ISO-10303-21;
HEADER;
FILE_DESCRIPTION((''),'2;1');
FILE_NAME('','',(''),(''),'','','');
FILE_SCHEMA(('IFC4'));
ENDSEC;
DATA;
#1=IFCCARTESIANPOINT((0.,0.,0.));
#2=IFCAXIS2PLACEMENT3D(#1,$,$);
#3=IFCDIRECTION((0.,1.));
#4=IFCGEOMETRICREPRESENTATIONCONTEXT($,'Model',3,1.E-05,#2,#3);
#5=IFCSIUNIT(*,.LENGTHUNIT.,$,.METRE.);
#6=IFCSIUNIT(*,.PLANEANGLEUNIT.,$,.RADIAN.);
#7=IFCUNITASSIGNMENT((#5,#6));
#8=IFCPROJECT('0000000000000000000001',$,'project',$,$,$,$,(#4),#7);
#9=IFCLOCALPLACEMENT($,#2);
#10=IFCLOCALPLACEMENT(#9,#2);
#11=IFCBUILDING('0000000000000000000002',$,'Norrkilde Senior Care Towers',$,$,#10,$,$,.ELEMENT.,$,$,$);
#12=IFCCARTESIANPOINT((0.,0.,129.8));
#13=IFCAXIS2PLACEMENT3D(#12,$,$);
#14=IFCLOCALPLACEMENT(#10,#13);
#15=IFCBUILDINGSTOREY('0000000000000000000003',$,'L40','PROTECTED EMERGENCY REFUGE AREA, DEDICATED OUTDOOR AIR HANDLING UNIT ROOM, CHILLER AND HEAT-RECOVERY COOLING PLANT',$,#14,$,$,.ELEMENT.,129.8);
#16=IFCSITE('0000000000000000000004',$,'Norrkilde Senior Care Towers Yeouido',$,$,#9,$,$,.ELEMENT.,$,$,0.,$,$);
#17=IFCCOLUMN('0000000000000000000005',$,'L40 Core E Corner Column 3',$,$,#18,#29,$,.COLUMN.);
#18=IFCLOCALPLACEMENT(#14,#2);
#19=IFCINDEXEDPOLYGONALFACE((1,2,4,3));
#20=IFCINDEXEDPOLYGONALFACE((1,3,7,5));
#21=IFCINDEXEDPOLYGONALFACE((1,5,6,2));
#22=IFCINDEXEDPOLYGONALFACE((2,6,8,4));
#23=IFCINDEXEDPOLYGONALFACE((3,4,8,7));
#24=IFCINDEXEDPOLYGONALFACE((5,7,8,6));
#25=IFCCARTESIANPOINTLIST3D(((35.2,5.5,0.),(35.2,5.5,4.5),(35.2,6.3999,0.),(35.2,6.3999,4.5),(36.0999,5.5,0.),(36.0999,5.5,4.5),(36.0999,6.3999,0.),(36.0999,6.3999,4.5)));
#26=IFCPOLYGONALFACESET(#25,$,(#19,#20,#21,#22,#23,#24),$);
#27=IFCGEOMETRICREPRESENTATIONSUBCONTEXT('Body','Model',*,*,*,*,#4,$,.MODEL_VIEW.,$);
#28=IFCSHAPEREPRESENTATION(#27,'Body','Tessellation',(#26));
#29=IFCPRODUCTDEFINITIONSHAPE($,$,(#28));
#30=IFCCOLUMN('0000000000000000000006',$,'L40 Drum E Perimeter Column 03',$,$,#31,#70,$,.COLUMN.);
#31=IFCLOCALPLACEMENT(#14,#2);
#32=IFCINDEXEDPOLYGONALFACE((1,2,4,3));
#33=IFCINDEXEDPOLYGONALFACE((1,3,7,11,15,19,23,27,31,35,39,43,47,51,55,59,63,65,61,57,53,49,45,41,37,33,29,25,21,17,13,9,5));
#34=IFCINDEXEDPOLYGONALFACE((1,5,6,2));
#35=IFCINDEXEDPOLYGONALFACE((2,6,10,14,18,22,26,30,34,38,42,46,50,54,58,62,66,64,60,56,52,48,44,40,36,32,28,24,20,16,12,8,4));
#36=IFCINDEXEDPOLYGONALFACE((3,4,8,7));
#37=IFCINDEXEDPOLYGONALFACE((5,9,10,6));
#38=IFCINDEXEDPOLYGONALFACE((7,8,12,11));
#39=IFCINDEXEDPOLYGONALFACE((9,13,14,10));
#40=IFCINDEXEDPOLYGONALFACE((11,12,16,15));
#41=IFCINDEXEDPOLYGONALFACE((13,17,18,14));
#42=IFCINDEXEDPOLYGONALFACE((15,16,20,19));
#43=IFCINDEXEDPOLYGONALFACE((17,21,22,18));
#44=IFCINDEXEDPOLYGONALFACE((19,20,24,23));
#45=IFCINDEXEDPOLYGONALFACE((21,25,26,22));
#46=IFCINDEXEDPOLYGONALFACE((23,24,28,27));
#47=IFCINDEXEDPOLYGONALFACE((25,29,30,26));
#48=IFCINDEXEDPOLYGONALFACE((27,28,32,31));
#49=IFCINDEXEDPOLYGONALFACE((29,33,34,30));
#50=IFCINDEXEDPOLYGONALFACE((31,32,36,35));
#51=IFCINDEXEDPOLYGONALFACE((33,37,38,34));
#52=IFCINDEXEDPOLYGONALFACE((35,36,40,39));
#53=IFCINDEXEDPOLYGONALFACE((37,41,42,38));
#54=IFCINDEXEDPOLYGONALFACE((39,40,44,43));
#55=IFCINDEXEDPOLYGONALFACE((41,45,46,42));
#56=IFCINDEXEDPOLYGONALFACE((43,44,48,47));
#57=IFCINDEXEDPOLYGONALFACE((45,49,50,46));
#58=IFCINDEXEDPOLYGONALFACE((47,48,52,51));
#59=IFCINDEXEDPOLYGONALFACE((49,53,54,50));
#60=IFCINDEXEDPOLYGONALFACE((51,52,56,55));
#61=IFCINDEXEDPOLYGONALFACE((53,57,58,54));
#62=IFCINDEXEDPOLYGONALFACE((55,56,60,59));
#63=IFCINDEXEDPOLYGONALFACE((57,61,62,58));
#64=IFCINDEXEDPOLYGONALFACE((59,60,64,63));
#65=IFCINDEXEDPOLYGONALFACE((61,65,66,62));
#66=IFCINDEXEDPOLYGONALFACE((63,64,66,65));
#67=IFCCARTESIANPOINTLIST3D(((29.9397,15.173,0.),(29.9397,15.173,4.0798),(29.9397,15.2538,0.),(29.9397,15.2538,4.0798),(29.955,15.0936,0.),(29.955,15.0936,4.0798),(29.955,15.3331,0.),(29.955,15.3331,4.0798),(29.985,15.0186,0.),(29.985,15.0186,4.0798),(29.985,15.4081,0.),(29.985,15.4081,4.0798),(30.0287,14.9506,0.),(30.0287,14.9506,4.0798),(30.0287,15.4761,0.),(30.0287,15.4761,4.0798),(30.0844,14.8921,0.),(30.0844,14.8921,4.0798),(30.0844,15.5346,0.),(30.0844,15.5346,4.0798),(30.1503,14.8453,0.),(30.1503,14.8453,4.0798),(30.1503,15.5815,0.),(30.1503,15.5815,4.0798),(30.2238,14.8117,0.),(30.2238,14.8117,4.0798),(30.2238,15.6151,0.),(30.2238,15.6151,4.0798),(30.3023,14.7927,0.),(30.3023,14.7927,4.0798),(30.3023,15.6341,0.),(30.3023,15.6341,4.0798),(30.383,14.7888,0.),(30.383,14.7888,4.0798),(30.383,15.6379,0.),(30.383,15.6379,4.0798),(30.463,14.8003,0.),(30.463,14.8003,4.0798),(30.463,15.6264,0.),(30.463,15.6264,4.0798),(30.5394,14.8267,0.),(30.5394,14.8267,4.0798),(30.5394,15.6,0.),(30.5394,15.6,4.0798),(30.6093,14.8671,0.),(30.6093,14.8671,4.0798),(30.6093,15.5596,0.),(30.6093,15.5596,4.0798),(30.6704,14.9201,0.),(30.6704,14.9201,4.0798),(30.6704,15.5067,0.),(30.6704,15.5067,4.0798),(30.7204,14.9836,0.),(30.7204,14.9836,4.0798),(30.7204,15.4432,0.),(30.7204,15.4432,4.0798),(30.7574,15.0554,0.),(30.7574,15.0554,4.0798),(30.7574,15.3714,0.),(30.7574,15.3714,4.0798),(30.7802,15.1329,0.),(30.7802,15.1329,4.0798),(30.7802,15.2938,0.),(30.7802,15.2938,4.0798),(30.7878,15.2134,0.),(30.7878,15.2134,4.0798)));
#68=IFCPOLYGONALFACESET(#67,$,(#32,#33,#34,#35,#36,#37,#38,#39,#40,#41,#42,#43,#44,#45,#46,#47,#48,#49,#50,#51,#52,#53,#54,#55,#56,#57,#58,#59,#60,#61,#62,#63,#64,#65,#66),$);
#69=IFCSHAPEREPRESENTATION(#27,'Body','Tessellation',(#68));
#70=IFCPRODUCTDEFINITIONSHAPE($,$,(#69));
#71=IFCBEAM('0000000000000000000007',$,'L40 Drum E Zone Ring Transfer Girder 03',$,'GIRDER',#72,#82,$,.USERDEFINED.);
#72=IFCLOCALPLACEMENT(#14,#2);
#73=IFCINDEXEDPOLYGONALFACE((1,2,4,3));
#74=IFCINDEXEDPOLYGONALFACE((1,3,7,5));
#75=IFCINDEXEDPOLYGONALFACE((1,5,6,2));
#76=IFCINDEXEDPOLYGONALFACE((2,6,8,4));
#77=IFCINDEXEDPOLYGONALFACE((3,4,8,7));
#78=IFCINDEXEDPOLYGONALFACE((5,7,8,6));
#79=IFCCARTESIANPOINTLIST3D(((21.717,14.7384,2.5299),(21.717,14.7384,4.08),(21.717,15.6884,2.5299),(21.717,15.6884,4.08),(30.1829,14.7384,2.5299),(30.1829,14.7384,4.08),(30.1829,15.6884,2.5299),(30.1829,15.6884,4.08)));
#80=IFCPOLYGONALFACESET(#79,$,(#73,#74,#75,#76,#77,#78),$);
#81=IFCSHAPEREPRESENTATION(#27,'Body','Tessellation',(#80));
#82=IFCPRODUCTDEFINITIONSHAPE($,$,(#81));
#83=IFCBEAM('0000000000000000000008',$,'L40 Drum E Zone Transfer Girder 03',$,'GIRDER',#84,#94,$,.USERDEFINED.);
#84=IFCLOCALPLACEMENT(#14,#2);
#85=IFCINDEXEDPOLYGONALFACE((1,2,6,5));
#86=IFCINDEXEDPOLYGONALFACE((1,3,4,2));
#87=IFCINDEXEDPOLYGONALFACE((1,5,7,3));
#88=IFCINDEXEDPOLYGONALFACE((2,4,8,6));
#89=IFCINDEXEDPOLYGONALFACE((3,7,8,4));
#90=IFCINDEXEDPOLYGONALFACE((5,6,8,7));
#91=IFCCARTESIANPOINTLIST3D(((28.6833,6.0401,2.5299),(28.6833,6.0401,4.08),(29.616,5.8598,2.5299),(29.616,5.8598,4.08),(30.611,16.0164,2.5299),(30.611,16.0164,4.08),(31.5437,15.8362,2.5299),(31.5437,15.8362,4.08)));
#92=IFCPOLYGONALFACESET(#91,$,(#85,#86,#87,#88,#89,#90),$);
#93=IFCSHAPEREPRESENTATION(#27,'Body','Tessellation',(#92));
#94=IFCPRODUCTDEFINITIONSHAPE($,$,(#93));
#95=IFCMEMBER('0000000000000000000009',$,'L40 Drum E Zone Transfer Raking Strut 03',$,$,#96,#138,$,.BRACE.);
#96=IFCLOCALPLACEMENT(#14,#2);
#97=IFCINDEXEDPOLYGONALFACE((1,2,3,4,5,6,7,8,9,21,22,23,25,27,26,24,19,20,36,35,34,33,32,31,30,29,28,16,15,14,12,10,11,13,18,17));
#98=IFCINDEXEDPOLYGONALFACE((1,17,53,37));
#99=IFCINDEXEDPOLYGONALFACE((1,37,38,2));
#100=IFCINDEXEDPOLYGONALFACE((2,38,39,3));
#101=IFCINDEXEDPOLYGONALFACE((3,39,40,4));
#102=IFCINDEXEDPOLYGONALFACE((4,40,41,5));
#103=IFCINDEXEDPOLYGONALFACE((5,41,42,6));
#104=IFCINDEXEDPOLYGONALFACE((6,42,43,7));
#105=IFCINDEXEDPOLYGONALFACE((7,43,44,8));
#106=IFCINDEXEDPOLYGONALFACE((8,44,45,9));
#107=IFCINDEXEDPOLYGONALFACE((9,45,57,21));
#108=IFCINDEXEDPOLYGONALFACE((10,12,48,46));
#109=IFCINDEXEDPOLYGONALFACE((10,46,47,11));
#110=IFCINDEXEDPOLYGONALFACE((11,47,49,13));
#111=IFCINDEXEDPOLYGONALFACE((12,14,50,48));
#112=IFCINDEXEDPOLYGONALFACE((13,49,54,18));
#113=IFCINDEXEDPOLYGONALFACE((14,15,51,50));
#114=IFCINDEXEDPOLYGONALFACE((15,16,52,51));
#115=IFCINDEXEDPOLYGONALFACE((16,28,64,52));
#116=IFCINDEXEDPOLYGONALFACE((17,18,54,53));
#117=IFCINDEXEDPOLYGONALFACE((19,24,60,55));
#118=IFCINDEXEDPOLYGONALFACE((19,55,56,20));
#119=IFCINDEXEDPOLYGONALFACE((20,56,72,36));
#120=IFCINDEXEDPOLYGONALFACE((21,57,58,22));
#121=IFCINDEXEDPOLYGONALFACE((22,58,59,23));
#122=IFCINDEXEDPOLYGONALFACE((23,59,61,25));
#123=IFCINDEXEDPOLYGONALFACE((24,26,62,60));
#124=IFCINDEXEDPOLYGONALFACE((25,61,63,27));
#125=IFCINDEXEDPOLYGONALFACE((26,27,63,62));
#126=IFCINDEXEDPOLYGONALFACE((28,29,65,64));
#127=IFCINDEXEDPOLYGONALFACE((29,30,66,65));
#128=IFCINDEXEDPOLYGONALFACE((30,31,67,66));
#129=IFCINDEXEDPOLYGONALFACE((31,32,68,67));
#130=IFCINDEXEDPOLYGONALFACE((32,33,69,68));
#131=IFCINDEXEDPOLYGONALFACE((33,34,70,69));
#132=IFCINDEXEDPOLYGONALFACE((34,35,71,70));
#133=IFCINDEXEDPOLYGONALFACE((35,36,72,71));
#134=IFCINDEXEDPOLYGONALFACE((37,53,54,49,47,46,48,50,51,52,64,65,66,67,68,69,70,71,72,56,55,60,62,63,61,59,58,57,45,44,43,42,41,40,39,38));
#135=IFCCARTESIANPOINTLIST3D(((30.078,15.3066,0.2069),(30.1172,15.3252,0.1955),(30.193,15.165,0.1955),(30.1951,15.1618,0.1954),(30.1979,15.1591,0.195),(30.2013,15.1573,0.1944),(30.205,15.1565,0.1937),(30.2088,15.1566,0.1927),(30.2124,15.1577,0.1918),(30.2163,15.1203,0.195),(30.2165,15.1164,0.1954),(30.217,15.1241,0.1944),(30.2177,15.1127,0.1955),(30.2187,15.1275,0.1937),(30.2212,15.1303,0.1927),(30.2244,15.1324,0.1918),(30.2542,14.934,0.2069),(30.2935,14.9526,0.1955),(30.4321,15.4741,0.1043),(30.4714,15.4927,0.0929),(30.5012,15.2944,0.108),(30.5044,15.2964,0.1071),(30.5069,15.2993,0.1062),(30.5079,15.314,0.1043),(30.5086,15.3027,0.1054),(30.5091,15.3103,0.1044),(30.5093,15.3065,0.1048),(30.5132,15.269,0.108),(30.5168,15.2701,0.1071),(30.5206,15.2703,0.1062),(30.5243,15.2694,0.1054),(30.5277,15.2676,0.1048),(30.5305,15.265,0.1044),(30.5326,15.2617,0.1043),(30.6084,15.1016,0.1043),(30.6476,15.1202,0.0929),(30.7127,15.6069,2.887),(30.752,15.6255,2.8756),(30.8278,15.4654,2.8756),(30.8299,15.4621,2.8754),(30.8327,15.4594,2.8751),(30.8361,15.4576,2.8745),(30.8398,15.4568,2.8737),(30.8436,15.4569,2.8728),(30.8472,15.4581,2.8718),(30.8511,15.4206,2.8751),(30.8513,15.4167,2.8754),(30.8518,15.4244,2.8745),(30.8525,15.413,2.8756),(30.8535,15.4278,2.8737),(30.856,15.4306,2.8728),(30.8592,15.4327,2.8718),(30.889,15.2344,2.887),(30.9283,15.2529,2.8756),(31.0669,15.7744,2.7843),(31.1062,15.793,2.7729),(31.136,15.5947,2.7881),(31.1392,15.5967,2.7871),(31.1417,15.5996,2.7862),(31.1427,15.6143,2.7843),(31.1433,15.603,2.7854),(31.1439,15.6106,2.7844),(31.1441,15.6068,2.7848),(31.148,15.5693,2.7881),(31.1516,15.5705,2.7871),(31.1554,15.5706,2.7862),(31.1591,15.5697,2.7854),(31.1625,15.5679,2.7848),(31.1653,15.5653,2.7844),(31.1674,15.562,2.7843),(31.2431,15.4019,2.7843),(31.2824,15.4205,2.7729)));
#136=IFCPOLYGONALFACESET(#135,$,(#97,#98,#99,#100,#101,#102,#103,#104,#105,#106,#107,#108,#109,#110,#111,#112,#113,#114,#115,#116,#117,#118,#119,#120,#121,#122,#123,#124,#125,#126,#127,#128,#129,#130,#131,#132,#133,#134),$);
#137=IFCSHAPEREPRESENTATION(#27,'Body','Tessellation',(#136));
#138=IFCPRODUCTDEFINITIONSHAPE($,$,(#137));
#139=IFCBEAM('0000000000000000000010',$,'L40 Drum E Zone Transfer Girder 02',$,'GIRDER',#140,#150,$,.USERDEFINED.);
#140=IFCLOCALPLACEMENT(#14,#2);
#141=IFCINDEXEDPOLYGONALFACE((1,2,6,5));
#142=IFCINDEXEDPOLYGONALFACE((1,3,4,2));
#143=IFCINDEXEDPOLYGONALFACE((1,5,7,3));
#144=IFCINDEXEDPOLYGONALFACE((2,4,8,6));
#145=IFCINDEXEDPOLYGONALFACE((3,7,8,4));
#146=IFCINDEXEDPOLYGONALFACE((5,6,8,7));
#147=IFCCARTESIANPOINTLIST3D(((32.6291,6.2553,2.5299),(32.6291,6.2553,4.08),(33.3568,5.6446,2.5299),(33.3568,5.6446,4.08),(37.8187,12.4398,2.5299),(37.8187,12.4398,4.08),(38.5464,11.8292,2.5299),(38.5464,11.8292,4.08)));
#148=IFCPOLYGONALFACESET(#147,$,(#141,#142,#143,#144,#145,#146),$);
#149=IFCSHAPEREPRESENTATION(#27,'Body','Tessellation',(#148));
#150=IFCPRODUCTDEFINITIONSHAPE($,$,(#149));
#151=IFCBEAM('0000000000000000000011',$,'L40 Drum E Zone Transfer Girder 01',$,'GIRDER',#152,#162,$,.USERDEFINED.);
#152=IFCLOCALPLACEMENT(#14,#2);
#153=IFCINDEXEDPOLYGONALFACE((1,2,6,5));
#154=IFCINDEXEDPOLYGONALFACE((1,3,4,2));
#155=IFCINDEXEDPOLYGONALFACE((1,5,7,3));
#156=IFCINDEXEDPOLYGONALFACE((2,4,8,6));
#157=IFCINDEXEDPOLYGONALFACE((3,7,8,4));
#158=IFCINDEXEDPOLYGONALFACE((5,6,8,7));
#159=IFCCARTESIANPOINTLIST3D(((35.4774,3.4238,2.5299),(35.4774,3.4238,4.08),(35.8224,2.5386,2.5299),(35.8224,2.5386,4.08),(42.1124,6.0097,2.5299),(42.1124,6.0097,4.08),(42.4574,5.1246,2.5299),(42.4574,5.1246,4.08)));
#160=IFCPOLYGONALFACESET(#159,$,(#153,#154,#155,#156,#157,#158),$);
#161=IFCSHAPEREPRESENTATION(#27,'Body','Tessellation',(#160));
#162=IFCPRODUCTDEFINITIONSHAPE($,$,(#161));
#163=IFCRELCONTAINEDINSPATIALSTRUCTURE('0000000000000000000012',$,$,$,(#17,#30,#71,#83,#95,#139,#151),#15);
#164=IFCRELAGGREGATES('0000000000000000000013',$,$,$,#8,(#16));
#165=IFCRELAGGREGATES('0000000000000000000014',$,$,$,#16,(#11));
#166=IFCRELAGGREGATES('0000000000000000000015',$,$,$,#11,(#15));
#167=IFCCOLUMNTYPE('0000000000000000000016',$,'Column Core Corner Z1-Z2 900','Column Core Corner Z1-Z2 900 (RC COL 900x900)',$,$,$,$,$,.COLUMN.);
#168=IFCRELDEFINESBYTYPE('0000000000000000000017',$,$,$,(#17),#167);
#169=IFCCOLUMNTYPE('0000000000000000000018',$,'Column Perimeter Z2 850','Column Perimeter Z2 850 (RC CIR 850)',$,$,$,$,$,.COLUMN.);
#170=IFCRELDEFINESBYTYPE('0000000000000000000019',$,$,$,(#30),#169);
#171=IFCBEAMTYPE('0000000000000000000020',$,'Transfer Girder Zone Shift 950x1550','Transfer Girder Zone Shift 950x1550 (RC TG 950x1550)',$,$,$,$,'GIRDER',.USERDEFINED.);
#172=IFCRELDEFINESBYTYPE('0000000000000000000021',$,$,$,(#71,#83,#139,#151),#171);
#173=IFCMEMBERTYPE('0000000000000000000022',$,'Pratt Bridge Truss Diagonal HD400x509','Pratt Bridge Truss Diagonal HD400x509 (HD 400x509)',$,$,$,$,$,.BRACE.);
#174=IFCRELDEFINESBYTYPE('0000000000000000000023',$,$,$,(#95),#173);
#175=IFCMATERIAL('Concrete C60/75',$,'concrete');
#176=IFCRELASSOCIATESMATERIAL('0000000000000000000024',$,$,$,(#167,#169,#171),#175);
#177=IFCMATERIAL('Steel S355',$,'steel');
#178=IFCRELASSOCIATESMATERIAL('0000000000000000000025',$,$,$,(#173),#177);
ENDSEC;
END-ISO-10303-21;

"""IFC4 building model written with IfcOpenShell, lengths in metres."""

from ifc_helpers import new_model, si_unit, direction, frame, origin, origin_2d, place, context, subcontext, project, spatial, rectangle, circle, i_section, extrude, source, transform, mapped, material, material_profile, profile_set, type_object, type_shapes, element, save


model = new_model("IFC4")

# Units and contexts
model_context = context("Model", 3, precision=1e-05, world=origin(), true_north=direction((0.0, 1.0)))
body_context = subcontext(model_context, "Body", "Model", "MODEL_VIEW")
ifc_project = project(units=[si_unit("LENGTHUNIT", "METRE"), si_unit("PLANEANGLEUNIT", "RADIAN")], contexts=[model_context])

# Site, building, storey
site_placement = place(None, origin())
site = spatial("IfcSite", under=ifc_project, at=site_placement, Name="Norrkilde Senior Care Towers Yeouido", CompositionType="ELEMENT", RefElevation=0.0)
building_placement = place(site_placement, origin())
building = spatial("IfcBuilding", under=site, at=building_placement, Name="Norrkilde Senior Care Towers", CompositionType="ELEMENT")
storey_placement = place(building_placement, frame((0.0, 0.0, 129.8)))
storey = spatial("IfcBuildingStorey", under=building, at=storey_placement, Name="L40", Description="PROTECTED EMERGENCY REFUGE AREA, DEDICATED OUTDOOR AIR HANDLING UNIT ROOM, CHILLER AND HEAT-RECOVERY COOLING PLANT", CompositionType="ELEMENT", Elevation=129.8)

# Columns
ifc_material_1 = material(Name="Concrete C60/75", Category="concrete")
ifc_material_profile_1 = material_profile(ifc_material_1, rectangle(XDim=0.8999, YDim=0.8999, at=origin_2d()), Name="RC COL 900x900")
ifc_profile_set_1 = profile_set([ifc_material_profile_1], Name="Concrete C60/75")
column_type_1 = type_object("IfcColumnType", Name="Column Core Corner Z1-Z2 900", Description="Column Core Corner Z1-Z2 900 (RC COL 900x900)", PredefinedType="COLUMN", material=ifc_profile_set_1)
shared_shape_1 = source(origin(), body_context, "Body", "SweptSolid", [
    extrude(rectangle(XDim=0.8999, YDim=0.8999, at=origin_2d()), origin(), (0.0, 0.0, 1.0), 4.5),
])
type_shapes(column_type_1, [shared_shape_1])
column_1_placement = place(storey_placement, frame((35.6499, 5.95, 0.0), z_axis=(0.0, 0.0, 1.0), x_axis=(1.0, 0.0, 0.0)))
element("IfcColumn", 1, at=column_1_placement, inside=storey, type_object=column_type_1, Name="L40 Core E Corner Column 3", PredefinedType="COLUMN", context=body_context, shape_type="MappedRepresentation", body=[
    mapped(shared_shape_1, transform((0.0, 0.0, 0.0), x_axis=(1.0, 0.0, 0.0), y_axis=(0.0, 1.0, 0.0), z_axis=(0.0, 0.0, 1.0), scale=1.0)),
])
ifc_material_profile_2 = material_profile(ifc_material_1, circle(Radius=0.425, at=origin_2d()), Name="RC CIR 850")
ifc_profile_set_2 = profile_set([ifc_material_profile_2], Name="Concrete C60/75")
column_type_2 = type_object("IfcColumnType", Name="Column Perimeter Z2 850", Description="Column Perimeter Z2 850 (RC CIR 850)", PredefinedType="COLUMN", material=ifc_profile_set_2)
shared_shape_2 = source(origin(), body_context, "Body", "SweptSolid", [
    extrude(circle(Radius=0.425, at=origin_2d()), origin(), (0.0, 0.0, 1.0), 4.0798),
])
type_shapes(column_type_2, [shared_shape_2])
column_2_placement = place(storey_placement, frame((30.3628, 15.2134, 0.0), z_axis=(0.0, 0.0, 1.0), x_axis=(1.0, 0.0, 0.0)))
element("IfcColumn", 2, at=column_2_placement, inside=storey, type_object=column_type_2, Name="L40 Drum E Perimeter Column 03", PredefinedType="COLUMN", context=body_context, shape_type="MappedRepresentation", body=[
    mapped(shared_shape_2, transform((0.0, 0.0, 0.0), x_axis=(1.0, 0.0, 0.0), y_axis=(0.0, 1.0, 0.0), z_axis=(0.0, 0.0, 1.0), scale=1.0)),
])

# Beams
ifc_material_profile_3 = material_profile(ifc_material_1, rectangle(XDim=0.95, YDim=1.55, at=origin_2d()), Name="RC TG 950x1550")
ifc_profile_set_3 = profile_set([ifc_material_profile_3], Name="Concrete C60/75")
beam_type = type_object("IfcBeamType", Name="Transfer Girder Zone Shift 950x1550", Description="Transfer Girder Zone Shift 950x1550 (RC TG 950x1550)", ElementType="GIRDER", PredefinedType="USERDEFINED", material=ifc_profile_set_3)
shared_shape_3 = source(origin(), body_context, "Body", "SweptSolid", [
    extrude(rectangle(XDim=0.95, YDim=1.55, at=origin_2d()), origin(), (0.0, 0.0, 1.0), 8.4658),
])
beam_1_placement = place(storey_placement, frame((30.1829, 15.2134, 3.3049), z_axis=(-1.0, 0.0, 0.0), x_axis=(0.0, -1.0, 0.0)))
element("IfcBeam", 3, at=beam_1_placement, inside=storey, type_object=beam_type, Name="L40 Drum E Zone Ring Transfer Girder 03", ObjectType="GIRDER", PredefinedType="USERDEFINED", context=body_context, shape_type="MappedRepresentation", body=[
    mapped(shared_shape_3, transform((0.0, 0.0, 0.0), x_axis=(1.0, 0.0, 0.0), y_axis=(0.0, 1.0, 0.0), z_axis=(0.0, 0.0, 1.0), scale=1.0)),
])
shared_shape_4 = source(origin(), body_context, "Body", "SweptSolid", [
    extrude(rectangle(XDim=0.95, YDim=1.55, at=origin_2d()), origin(), (0.0, 0.0, 1.0), 10.1609),
])
beam_2_placement = place(storey_placement, frame((29.1497, 5.95, 3.3049), z_axis=(0.189722, 0.981838, 0.0), x_axis=(-0.981838, 0.189722, 0.0)))
element("IfcBeam", 4, at=beam_2_placement, inside=storey, type_object=beam_type, Name="L40 Drum E Zone Transfer Girder 03", ObjectType="GIRDER", PredefinedType="USERDEFINED", context=body_context, shape_type="MappedRepresentation", body=[
    mapped(shared_shape_4, transform((0.0, 0.0, 0.0), x_axis=(1.0, 0.0, 0.0), y_axis=(0.0, 1.0, 0.0), z_axis=(0.0, 0.0, 1.0), scale=1.0)),
])

# Member
ifc_material_2 = material(Name="Steel S355", Category="steel")
ifc_material_profile_4 = material_profile(ifc_material_2, i_section(OverallWidth=0.4121, OverallDepth=0.45, WebThickness=0.0281, FlangeThickness=0.0449, FilletRadius=0.0149, at=origin_2d()), Name="HD 400x509")
ifc_profile_set_4 = profile_set([ifc_material_profile_4], Name="Steel S355")
member_type_1 = type_object("IfcMemberType", Name="Pratt Bridge Truss Diagonal HD400x509", Description="Pratt Bridge Truss Diagonal HD400x509 (HD 400x509)", PredefinedType="BRACE", material=ifc_profile_set_4)
shared_shape_5 = source(origin(), body_context, "Body", "SweptSolid", [
    extrude(i_section(OverallWidth=0.4121, OverallDepth=0.45, WebThickness=0.0281, FlangeThickness=0.0449, FilletRadius=0.0149, at=origin_2d()), origin(), (0.0, 0.0, 1.0), 2.7705),
])
type_shapes(member_type_1, [shared_shape_5])
member_1_placement = place(storey_placement, frame((30.3628, 15.2134, 0.1499), z_axis=(0.229124, 0.108393, 0.967343), x_axis=(-0.427638, 0.90395, 0.0)))
element("IfcMember", 5, at=member_1_placement, inside=storey, type_object=member_type_1, Name="L40 Drum E Zone Transfer Raking Strut 03", PredefinedType="BRACE", context=body_context, shape_type="MappedRepresentation", body=[
    mapped(shared_shape_5, transform((0.0, 0.0, 0.0), x_axis=(1.0, 0.0, 0.0), y_axis=(0.0, 1.0, 0.0), z_axis=(0.0, 0.0, 1.0), scale=1.0)),
])

# Beams
shared_shape_6 = source(origin(), body_context, "Body", "SweptSolid", [
    extrude(rectangle(XDim=0.95, YDim=1.55, at=origin_2d()), origin(), (0.0, 0.0, 1.0), 8.0735),
])
beam_3_placement = place(storey_placement, frame((32.9929, 5.95, 3.3049), z_axis=(0.642804, 0.766031, 0.0), x_axis=(-0.766031, 0.642804, 0.0)))
element("IfcBeam", 6, at=beam_3_placement, inside=storey, type_object=beam_type, Name="L40 Drum E Zone Transfer Girder 02", ObjectType="GIRDER", PredefinedType="USERDEFINED", context=body_context, shape_type="MappedRepresentation", body=[
    mapped(shared_shape_6, transform((0.0, 0.0, 0.0), x_axis=(1.0, 0.0, 0.0), y_axis=(0.0, 1.0, 0.0), z_axis=(0.0, 0.0, 1.0), scale=1.0)),
])
shared_shape_7 = source(origin(), body_context, "Body", "SweptSolid", [
    extrude(rectangle(XDim=0.95, YDim=1.55, at=origin_2d()), origin(), (0.0, 0.0, 1.0), 7.1211),
])
type_shapes(beam_type, [shared_shape_3, shared_shape_4, shared_shape_6, shared_shape_7])
beam_4_placement = place(storey_placement, frame((35.6499, 2.9812, 3.3049), z_axis=(0.931736, 0.363136, 0.0), x_axis=(-0.363136, 0.931736, 0.0)))
element("IfcBeam", 7, at=beam_4_placement, inside=storey, type_object=beam_type, Name="L40 Drum E Zone Transfer Girder 01", ObjectType="GIRDER", PredefinedType="USERDEFINED", context=body_context, shape_type="MappedRepresentation", body=[
    mapped(shared_shape_7, transform((0.0, 0.0, 0.0), x_axis=(1.0, 0.0, 0.0), y_axis=(0.0, 1.0, 0.0), z_axis=(0.0, 0.0, 1.0), scale=1.0)),
])

save(model, "model.ifc")
